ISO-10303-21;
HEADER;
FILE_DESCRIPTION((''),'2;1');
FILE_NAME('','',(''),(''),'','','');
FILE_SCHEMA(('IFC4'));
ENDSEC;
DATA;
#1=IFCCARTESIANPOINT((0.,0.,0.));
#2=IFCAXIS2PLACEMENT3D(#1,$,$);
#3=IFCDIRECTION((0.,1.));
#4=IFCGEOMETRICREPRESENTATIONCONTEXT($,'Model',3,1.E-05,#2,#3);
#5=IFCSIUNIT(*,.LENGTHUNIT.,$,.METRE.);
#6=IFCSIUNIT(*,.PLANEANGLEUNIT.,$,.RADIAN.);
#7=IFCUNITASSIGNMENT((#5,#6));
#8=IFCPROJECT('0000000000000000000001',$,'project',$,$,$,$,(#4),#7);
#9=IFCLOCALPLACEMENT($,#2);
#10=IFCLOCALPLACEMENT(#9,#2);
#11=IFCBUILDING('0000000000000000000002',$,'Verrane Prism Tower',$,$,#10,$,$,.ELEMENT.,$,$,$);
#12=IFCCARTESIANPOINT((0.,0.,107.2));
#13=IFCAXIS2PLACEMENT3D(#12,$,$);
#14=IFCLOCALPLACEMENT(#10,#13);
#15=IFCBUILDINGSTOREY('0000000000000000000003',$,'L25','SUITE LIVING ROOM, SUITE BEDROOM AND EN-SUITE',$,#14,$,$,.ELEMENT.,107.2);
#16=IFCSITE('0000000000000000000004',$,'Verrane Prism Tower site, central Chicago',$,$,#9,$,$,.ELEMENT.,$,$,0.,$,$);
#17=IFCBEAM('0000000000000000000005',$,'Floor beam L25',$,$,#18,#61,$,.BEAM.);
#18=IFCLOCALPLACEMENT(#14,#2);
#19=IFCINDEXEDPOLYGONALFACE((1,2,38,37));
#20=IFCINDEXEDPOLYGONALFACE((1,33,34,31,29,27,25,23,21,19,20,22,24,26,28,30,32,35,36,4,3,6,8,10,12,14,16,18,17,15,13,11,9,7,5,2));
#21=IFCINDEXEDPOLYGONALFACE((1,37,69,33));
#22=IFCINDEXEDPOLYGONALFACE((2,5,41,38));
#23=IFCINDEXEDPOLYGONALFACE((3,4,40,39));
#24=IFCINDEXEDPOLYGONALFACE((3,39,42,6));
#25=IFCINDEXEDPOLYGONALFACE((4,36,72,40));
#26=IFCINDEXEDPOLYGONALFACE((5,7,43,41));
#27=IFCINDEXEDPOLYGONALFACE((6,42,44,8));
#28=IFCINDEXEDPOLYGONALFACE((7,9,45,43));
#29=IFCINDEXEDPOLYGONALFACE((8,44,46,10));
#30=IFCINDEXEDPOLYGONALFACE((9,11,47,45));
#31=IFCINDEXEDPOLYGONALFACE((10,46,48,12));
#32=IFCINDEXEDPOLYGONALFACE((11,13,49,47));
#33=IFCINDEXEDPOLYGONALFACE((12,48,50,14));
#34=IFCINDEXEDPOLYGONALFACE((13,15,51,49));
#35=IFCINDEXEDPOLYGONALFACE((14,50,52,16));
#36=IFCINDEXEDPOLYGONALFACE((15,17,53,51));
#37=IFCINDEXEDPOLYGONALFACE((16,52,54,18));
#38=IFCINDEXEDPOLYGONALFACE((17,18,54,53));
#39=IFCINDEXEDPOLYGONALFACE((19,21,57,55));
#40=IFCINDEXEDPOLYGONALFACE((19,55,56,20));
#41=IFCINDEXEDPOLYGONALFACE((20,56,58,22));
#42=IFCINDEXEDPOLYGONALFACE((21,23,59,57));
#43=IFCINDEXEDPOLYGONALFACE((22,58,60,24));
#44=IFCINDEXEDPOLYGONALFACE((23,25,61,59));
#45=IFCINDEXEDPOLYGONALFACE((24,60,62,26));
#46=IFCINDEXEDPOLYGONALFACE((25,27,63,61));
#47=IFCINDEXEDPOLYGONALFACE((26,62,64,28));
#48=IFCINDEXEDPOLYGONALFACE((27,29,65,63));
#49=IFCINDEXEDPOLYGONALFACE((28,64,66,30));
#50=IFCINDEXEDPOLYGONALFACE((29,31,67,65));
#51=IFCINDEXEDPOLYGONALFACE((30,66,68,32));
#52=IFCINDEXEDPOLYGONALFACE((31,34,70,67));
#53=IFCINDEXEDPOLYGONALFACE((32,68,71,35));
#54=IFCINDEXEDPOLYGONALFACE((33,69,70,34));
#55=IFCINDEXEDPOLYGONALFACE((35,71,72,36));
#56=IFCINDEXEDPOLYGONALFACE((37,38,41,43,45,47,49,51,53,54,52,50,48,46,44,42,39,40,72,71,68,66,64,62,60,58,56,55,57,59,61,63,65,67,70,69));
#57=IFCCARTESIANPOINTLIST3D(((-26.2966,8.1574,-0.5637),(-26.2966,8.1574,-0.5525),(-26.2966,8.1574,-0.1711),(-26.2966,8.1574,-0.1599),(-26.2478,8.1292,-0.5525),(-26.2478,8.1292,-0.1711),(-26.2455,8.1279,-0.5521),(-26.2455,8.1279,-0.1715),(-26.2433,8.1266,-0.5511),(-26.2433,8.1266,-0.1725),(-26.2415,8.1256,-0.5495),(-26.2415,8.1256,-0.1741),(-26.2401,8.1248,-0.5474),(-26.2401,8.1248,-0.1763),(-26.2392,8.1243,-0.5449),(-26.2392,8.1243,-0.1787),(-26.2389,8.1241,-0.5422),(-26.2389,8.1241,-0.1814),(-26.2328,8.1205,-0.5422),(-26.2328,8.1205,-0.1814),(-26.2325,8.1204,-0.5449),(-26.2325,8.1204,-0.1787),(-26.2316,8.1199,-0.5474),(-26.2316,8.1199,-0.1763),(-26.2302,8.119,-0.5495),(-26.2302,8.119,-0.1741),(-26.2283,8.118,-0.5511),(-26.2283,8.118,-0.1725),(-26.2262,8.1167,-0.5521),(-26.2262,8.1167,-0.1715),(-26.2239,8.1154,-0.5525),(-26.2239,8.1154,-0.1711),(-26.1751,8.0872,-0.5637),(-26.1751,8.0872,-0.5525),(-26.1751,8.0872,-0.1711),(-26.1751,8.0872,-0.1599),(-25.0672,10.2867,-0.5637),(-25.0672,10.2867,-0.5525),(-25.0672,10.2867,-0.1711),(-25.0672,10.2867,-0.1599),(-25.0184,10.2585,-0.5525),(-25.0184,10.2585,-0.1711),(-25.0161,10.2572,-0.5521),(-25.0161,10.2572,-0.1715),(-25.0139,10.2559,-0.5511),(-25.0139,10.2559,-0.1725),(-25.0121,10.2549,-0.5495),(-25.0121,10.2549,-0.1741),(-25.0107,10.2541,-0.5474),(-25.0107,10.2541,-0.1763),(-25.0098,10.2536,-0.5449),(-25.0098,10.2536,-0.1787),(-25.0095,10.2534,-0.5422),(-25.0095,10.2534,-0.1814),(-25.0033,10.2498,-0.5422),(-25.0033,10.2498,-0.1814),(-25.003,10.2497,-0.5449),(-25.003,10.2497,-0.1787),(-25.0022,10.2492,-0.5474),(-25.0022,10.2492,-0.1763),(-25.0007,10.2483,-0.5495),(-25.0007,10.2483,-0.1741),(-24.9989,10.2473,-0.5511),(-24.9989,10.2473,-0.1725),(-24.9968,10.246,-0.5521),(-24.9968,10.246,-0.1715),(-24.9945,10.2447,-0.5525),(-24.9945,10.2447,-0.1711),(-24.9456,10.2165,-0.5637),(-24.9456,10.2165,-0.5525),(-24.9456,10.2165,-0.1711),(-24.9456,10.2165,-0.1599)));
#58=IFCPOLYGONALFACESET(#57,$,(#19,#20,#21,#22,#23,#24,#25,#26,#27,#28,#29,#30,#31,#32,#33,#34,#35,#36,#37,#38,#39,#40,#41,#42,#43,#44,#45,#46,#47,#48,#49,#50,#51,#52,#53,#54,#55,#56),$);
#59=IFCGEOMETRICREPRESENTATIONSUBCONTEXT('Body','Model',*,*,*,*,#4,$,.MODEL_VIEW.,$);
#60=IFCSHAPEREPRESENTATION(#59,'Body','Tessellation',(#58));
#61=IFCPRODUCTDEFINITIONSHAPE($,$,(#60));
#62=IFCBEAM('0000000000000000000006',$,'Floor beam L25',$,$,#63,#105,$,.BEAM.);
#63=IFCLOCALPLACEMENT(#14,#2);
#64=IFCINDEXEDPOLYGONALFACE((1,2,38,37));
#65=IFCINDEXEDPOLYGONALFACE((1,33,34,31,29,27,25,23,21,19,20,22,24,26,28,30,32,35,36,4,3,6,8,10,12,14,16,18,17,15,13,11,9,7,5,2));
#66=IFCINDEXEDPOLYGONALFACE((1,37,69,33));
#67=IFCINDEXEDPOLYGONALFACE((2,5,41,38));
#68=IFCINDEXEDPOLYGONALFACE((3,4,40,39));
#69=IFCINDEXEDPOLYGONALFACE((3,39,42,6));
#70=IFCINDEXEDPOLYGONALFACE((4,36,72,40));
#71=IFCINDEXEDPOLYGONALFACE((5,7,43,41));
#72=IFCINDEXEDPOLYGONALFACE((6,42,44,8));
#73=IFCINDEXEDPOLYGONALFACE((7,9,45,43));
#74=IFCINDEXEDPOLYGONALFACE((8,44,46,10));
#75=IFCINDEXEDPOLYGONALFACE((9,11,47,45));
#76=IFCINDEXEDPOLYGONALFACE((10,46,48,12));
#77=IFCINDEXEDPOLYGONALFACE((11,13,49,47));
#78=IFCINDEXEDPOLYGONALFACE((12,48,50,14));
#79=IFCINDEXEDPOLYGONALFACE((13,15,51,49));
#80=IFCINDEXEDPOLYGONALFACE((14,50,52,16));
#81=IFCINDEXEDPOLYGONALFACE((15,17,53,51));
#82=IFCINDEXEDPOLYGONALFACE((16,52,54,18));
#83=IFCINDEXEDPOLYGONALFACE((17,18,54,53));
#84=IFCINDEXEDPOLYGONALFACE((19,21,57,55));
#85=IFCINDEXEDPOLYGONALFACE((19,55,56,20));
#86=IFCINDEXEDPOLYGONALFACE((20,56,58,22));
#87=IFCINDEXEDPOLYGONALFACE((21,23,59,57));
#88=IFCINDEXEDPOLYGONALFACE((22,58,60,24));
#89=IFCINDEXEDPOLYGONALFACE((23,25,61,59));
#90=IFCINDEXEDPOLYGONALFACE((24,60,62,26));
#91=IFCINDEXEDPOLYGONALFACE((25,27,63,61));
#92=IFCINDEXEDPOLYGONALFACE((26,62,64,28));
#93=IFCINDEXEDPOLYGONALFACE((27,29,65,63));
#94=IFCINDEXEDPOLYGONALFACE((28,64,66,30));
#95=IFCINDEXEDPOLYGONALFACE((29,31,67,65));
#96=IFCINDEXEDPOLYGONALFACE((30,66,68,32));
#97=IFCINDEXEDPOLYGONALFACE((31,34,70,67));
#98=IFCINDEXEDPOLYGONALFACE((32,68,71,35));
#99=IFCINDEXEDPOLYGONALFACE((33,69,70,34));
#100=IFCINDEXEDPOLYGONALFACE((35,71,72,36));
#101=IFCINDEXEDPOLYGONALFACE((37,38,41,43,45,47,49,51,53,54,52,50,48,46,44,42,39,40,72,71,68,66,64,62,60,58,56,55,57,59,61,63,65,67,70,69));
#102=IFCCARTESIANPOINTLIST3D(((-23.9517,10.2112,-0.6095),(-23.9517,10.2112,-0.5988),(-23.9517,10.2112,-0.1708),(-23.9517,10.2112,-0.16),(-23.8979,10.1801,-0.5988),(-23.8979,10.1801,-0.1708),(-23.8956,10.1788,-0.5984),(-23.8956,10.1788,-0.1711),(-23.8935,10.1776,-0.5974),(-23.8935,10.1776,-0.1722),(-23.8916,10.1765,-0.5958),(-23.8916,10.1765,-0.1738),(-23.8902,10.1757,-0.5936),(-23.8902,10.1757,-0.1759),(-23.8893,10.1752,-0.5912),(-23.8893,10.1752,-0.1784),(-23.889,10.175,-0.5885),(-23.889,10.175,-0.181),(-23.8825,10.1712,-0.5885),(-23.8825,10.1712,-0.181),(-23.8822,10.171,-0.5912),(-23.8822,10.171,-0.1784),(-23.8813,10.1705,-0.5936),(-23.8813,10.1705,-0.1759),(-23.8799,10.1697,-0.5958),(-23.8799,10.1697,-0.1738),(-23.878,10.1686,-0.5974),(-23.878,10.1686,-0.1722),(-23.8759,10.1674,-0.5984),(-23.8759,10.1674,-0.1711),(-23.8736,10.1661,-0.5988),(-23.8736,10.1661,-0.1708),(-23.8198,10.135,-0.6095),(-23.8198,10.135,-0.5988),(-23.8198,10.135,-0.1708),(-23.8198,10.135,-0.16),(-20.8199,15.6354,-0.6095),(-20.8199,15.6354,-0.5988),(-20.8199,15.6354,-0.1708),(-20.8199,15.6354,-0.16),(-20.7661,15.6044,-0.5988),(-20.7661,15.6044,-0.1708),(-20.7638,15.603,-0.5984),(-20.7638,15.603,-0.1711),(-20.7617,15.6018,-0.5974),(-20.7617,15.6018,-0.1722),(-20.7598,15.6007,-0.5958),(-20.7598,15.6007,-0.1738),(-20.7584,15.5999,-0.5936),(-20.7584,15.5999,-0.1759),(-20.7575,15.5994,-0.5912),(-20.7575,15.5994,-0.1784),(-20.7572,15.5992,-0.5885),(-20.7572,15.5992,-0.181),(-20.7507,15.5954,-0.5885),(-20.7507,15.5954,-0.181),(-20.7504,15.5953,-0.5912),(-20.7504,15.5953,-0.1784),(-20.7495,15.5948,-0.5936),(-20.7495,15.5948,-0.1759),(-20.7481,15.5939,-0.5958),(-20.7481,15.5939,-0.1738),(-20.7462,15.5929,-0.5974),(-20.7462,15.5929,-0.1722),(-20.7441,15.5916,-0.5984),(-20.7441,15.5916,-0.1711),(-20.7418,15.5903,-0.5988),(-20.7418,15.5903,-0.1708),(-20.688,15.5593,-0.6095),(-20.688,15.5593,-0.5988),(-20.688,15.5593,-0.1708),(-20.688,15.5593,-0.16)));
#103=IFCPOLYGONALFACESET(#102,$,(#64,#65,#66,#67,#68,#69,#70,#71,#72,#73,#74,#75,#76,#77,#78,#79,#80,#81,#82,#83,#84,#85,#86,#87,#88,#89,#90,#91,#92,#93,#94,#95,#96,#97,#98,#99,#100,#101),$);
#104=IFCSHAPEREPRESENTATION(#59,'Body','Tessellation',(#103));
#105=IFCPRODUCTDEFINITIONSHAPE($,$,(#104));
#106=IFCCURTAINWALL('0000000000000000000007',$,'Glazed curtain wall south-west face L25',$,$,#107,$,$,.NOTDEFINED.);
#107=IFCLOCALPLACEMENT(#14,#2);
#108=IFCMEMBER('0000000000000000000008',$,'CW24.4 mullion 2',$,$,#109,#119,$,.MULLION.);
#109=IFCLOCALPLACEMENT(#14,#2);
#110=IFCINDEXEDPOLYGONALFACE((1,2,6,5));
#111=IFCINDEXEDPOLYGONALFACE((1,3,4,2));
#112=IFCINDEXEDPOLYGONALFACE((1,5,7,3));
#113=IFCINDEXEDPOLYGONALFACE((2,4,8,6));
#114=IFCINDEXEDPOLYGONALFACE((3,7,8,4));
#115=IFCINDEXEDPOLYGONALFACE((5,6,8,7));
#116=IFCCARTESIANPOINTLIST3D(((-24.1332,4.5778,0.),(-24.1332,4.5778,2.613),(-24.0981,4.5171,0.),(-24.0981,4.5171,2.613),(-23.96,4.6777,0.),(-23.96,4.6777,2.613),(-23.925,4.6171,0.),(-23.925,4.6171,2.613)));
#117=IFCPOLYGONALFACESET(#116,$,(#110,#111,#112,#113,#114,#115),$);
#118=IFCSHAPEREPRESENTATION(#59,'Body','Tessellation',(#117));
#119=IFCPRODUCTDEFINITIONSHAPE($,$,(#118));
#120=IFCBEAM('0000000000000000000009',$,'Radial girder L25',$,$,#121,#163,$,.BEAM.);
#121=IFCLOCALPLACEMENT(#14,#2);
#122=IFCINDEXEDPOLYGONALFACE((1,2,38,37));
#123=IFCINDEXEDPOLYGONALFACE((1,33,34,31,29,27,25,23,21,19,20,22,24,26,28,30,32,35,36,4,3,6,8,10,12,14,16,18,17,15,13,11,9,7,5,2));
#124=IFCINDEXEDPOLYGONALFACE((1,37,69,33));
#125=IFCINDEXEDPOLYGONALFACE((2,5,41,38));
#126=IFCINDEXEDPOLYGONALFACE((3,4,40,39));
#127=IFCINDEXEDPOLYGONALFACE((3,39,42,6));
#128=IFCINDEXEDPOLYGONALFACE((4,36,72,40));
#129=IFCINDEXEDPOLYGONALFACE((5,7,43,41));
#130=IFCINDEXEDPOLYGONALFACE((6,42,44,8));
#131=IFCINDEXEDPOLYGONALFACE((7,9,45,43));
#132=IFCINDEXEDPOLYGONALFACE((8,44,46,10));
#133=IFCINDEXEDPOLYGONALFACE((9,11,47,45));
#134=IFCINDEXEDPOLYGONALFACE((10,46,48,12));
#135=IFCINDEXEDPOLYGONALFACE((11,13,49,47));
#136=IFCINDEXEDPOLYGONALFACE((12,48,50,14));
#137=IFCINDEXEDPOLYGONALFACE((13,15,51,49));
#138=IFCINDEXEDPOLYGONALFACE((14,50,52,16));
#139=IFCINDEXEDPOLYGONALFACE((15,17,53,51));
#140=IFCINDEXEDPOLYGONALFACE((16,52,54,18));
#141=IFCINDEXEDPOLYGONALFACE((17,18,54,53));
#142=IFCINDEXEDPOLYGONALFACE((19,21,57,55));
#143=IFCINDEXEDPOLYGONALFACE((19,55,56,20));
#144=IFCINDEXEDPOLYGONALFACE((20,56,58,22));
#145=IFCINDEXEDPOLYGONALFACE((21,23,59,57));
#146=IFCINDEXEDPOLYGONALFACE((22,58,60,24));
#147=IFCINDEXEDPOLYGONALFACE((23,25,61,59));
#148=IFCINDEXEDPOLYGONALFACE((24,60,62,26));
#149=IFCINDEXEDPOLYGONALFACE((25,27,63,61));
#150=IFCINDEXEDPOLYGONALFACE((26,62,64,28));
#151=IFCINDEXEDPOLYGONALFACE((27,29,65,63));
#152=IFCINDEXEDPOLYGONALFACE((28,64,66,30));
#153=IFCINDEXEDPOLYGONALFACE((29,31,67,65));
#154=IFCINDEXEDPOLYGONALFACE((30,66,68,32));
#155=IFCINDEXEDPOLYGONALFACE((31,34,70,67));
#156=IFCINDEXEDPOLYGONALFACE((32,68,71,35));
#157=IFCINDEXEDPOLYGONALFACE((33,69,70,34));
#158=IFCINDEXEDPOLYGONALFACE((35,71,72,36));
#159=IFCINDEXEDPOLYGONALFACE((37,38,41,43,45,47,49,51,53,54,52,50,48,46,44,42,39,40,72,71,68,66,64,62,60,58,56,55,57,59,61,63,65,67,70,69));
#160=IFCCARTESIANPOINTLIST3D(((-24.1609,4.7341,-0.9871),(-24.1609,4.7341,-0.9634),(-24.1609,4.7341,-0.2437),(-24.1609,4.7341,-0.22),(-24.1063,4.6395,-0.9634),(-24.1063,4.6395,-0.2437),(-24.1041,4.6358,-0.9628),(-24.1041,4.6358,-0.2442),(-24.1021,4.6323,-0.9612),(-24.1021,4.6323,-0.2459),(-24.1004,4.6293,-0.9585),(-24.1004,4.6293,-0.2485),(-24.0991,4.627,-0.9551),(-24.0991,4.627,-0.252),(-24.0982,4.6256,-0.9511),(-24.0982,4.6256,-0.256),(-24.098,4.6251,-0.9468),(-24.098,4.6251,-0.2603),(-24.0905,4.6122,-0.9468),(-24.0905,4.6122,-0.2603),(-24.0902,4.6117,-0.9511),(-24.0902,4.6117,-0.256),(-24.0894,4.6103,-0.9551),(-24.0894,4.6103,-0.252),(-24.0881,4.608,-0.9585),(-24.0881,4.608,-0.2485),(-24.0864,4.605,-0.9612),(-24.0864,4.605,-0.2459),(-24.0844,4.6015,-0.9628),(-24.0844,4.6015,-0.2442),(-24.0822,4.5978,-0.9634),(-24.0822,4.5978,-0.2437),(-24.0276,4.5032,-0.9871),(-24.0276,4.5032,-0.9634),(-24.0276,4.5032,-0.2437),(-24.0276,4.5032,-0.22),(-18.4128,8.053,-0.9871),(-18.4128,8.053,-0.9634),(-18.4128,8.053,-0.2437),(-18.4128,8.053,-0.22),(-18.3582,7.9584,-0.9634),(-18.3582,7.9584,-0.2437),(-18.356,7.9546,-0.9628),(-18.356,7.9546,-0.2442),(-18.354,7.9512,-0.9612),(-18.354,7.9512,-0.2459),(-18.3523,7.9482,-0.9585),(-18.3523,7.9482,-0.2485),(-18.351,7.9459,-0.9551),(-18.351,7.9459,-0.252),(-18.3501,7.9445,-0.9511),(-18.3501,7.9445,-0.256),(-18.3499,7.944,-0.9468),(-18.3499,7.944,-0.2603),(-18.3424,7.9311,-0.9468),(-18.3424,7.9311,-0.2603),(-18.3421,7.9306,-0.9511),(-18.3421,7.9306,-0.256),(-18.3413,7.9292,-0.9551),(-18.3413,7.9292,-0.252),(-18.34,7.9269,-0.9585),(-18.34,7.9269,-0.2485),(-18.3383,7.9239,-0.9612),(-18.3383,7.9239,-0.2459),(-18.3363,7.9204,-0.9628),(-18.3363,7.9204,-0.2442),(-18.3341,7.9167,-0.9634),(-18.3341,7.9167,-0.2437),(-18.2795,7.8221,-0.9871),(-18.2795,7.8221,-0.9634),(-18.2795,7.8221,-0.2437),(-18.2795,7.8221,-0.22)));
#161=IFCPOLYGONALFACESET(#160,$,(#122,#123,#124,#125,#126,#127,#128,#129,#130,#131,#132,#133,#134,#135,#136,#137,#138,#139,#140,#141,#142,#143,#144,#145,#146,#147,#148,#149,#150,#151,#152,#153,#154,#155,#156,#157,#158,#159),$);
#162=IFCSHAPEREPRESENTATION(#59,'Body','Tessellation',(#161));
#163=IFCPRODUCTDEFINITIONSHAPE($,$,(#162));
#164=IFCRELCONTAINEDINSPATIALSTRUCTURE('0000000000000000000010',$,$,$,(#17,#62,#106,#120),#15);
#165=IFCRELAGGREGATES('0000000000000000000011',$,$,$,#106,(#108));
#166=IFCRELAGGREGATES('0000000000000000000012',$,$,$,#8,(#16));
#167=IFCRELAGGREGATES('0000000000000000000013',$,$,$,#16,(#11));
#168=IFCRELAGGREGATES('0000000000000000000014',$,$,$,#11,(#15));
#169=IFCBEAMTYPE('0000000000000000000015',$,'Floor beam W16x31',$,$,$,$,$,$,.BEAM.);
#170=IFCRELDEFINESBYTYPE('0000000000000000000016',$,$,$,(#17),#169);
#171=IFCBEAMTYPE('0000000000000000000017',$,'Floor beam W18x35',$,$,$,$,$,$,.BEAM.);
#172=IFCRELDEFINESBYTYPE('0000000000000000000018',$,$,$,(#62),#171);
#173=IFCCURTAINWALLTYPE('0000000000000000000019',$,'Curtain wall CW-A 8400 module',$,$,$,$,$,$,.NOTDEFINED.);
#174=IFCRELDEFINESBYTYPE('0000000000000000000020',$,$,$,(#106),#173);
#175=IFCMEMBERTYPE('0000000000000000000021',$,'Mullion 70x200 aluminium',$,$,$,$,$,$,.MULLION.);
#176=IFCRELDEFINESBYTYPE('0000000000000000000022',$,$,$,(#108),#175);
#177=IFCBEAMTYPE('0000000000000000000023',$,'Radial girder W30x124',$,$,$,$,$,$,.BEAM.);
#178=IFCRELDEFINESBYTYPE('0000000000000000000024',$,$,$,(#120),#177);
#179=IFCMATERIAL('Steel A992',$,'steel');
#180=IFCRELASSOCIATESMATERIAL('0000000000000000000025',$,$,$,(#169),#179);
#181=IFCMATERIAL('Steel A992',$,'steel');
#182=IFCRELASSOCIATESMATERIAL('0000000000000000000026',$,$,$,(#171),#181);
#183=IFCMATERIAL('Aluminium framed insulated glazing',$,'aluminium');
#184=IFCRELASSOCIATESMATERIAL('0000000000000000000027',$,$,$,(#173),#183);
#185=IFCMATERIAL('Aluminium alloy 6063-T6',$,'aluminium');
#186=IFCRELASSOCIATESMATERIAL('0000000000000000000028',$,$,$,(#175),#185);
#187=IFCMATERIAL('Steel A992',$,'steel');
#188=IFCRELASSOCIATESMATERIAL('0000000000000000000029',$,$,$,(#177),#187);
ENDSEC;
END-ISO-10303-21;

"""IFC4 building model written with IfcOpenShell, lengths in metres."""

from ifc_helpers import new_model, si_unit, direction, frame, origin, origin_2d, place, context, subcontext, project, spatial, rectangle, i_section, extrude, material, material_profile, profile_set, type_object, element, aggregate, save


model = new_model("IFC4")

# Units and contexts
model_context = context("Model", 3, precision=1e-05, world=origin(), true_north=direction((0.0, 1.0)))
body_context = subcontext(model_context, "Body", "Model", "MODEL_VIEW")
ifc_project = project(units=[si_unit("LENGTHUNIT", "METRE"), si_unit("PLANEANGLEUNIT", "RADIAN")], contexts=[model_context])

# Site, building, storey
site_placement = place(None, origin())
site = spatial("IfcSite", under=ifc_project, at=site_placement, Name="Verrane Prism Tower site, central Chicago", CompositionType="ELEMENT", RefElevation=0.0)
building_placement = place(site_placement, origin())
building = spatial("IfcBuilding", under=site, at=building_placement, Name="Verrane Prism Tower", CompositionType="ELEMENT")
storey_placement = place(building_placement, frame((0.0, 0.0, 107.2)))
storey = spatial("IfcBuildingStorey", under=building, at=storey_placement, Name="L25", Description="SUITE LIVING ROOM, SUITE BEDROOM AND EN-SUITE", CompositionType="ELEMENT", Elevation=107.2)

# Beams
ifc_material_1 = material(Name="Steel A992", Category="steel")
ifc_material_profile_1 = material_profile(ifc_material_1, i_section(OverallWidth=0.1404, OverallDepth=0.4038, WebThickness=0.0071, FlangeThickness=0.0112, FilletRadius=0.0103, at=origin_2d()), Name="W16x31")
ifc_profile_set_1 = profile_set([ifc_material_profile_1], Name="Steel A992")
beam_type_1 = type_object("IfcBeamType", Name="Floor beam W16x31", PredefinedType="BEAM", material=ifc_profile_set_1)
beam_1_placement = place(storey_placement, frame((-26.2358, 8.1223, -0.3618), z_axis=(0.500026, 0.86601, 0.0), x_axis=(-0.86601, 0.500026, 0.0)))
element("IfcBeam", 1, at=beam_1_placement, inside=storey, type_object=beam_type_1, Name="Floor beam L25", PredefinedType="BEAM", context=body_context, shape_type="SweptSolid", body=[
    extrude(i_section(OverallWidth=0.1404, OverallDepth=0.4038, WebThickness=0.0071, FlangeThickness=0.0112, FilletRadius=0.0103, at=origin_2d()), origin(), (0.0, 0.0, 1.0), 2.4587),
])
ifc_material_2 = material(Name="Steel A992", Category="steel")
ifc_material_profile_2 = material_profile(ifc_material_2, i_section(OverallWidth=0.1523, OverallDepth=0.4495, WebThickness=0.0076, FlangeThickness=0.0107, FilletRadius=0.0103, at=origin_2d()), Name="W18x35")
ifc_profile_set_2 = profile_set([ifc_material_profile_2], Name="Steel A992")
beam_type_2 = type_object("IfcBeamType", Name="Floor beam W18x35", PredefinedType="BEAM", material=ifc_profile_set_2)
beam_2_placement = place(storey_placement, frame((-23.8857, 10.1731, -0.3848), z_axis=(0.500013, 0.866018, 0.0), x_axis=(-0.866018, 0.500013, 0.0)))
element("IfcBeam", 2, at=beam_2_placement, inside=storey, type_object=beam_type_2, Name="Floor beam L25", PredefinedType="BEAM", context=body_context, shape_type="SweptSolid", body=[
    extrude(i_section(OverallWidth=0.1523, OverallDepth=0.4495, WebThickness=0.0076, FlangeThickness=0.0107, FilletRadius=0.0103, at=origin_2d()), origin(), (0.0, 0.0, 1.0), 6.2634),
])

# Curtain wall, member
ifc_material_3 = material(Name="Aluminium framed insulated glazing", Category="aluminium")
curtain_wall_type = type_object("IfcCurtainWallType", Name="Curtain wall CW-A 8400 module", PredefinedType="NOTDEFINED", material=ifc_material_3)
curtain_wall_placement = place(storey_placement, origin())
curtain_wall = element("IfcCurtainWall", 3, at=curtain_wall_placement, inside=storey, type_object=curtain_wall_type, Name="Glazed curtain wall south-west face L25", PredefinedType="NOTDEFINED")
ifc_material_4 = material(Name="Aluminium alloy 6063-T6", Category="aluminium")
ifc_material_profile_3 = material_profile(ifc_material_4, rectangle(XDim=0.2, YDim=0.0701, at=origin_2d()), Name="Mullion 70x200 aluminium")
ifc_profile_set_3 = profile_set([ifc_material_profile_3], Name="Aluminium alloy 6063-T6")
member_type_1 = type_object("IfcMemberType", Name="Mullion 70x200 aluminium", PredefinedType="MULLION", material=ifc_profile_set_3)
member_1_placement = place(storey_placement, frame((-24.0291, 4.5974, 0.0), z_axis=(0.0, 0.0, 1.0), x_axis=(0.866025, 0.5, 0.0)))
member_1 = element("IfcMember", 4, at=member_1_placement, type_object=member_type_1, Name="CW24.4 mullion 2", PredefinedType="MULLION", context=body_context, shape_type="SweptSolid", body=[
    extrude(rectangle(XDim=0.2, YDim=0.0701, at=origin_2d()), origin(), (0.0, 0.0, 1.0), 2.613),
])

# Beam
ifc_material_5 = material(Name="Steel A992", Category="steel")
ifc_material_profile_4 = material_profile(ifc_material_5, i_section(OverallWidth=0.2666, OverallDepth=0.7671, WebThickness=0.0149, FlangeThickness=0.0237, FilletRadius=0.0166, at=origin_2d()), Name="W30x124")
ifc_profile_set_4 = profile_set([ifc_material_profile_4], Name="Steel A992")
beam_type_3 = type_object("IfcBeamType", Name="Radial girder W30x124", PredefinedType="BEAM", material=ifc_profile_set_4)
beam_3_placement = place(storey_placement, frame((-24.0942, 4.6187, -0.6035), z_axis=(0.866012, 0.500024, 0.0), x_axis=(-0.500024, 0.866012, 0.0)))
element("IfcBeam", 5, at=beam_3_placement, inside=storey, type_object=beam_type_3, Name="Radial girder L25", PredefinedType="BEAM", context=body_context, shape_type="SweptSolid", body=[
    extrude(i_section(OverallWidth=0.2666, OverallDepth=0.7671, WebThickness=0.0149, FlangeThickness=0.0237, FilletRadius=0.0166, at=origin_2d()), origin(), (0.0, 0.0, 1.0), 6.6375),
])

aggregate(curtain_wall, [member_1])

save(model, "model.ifc")
